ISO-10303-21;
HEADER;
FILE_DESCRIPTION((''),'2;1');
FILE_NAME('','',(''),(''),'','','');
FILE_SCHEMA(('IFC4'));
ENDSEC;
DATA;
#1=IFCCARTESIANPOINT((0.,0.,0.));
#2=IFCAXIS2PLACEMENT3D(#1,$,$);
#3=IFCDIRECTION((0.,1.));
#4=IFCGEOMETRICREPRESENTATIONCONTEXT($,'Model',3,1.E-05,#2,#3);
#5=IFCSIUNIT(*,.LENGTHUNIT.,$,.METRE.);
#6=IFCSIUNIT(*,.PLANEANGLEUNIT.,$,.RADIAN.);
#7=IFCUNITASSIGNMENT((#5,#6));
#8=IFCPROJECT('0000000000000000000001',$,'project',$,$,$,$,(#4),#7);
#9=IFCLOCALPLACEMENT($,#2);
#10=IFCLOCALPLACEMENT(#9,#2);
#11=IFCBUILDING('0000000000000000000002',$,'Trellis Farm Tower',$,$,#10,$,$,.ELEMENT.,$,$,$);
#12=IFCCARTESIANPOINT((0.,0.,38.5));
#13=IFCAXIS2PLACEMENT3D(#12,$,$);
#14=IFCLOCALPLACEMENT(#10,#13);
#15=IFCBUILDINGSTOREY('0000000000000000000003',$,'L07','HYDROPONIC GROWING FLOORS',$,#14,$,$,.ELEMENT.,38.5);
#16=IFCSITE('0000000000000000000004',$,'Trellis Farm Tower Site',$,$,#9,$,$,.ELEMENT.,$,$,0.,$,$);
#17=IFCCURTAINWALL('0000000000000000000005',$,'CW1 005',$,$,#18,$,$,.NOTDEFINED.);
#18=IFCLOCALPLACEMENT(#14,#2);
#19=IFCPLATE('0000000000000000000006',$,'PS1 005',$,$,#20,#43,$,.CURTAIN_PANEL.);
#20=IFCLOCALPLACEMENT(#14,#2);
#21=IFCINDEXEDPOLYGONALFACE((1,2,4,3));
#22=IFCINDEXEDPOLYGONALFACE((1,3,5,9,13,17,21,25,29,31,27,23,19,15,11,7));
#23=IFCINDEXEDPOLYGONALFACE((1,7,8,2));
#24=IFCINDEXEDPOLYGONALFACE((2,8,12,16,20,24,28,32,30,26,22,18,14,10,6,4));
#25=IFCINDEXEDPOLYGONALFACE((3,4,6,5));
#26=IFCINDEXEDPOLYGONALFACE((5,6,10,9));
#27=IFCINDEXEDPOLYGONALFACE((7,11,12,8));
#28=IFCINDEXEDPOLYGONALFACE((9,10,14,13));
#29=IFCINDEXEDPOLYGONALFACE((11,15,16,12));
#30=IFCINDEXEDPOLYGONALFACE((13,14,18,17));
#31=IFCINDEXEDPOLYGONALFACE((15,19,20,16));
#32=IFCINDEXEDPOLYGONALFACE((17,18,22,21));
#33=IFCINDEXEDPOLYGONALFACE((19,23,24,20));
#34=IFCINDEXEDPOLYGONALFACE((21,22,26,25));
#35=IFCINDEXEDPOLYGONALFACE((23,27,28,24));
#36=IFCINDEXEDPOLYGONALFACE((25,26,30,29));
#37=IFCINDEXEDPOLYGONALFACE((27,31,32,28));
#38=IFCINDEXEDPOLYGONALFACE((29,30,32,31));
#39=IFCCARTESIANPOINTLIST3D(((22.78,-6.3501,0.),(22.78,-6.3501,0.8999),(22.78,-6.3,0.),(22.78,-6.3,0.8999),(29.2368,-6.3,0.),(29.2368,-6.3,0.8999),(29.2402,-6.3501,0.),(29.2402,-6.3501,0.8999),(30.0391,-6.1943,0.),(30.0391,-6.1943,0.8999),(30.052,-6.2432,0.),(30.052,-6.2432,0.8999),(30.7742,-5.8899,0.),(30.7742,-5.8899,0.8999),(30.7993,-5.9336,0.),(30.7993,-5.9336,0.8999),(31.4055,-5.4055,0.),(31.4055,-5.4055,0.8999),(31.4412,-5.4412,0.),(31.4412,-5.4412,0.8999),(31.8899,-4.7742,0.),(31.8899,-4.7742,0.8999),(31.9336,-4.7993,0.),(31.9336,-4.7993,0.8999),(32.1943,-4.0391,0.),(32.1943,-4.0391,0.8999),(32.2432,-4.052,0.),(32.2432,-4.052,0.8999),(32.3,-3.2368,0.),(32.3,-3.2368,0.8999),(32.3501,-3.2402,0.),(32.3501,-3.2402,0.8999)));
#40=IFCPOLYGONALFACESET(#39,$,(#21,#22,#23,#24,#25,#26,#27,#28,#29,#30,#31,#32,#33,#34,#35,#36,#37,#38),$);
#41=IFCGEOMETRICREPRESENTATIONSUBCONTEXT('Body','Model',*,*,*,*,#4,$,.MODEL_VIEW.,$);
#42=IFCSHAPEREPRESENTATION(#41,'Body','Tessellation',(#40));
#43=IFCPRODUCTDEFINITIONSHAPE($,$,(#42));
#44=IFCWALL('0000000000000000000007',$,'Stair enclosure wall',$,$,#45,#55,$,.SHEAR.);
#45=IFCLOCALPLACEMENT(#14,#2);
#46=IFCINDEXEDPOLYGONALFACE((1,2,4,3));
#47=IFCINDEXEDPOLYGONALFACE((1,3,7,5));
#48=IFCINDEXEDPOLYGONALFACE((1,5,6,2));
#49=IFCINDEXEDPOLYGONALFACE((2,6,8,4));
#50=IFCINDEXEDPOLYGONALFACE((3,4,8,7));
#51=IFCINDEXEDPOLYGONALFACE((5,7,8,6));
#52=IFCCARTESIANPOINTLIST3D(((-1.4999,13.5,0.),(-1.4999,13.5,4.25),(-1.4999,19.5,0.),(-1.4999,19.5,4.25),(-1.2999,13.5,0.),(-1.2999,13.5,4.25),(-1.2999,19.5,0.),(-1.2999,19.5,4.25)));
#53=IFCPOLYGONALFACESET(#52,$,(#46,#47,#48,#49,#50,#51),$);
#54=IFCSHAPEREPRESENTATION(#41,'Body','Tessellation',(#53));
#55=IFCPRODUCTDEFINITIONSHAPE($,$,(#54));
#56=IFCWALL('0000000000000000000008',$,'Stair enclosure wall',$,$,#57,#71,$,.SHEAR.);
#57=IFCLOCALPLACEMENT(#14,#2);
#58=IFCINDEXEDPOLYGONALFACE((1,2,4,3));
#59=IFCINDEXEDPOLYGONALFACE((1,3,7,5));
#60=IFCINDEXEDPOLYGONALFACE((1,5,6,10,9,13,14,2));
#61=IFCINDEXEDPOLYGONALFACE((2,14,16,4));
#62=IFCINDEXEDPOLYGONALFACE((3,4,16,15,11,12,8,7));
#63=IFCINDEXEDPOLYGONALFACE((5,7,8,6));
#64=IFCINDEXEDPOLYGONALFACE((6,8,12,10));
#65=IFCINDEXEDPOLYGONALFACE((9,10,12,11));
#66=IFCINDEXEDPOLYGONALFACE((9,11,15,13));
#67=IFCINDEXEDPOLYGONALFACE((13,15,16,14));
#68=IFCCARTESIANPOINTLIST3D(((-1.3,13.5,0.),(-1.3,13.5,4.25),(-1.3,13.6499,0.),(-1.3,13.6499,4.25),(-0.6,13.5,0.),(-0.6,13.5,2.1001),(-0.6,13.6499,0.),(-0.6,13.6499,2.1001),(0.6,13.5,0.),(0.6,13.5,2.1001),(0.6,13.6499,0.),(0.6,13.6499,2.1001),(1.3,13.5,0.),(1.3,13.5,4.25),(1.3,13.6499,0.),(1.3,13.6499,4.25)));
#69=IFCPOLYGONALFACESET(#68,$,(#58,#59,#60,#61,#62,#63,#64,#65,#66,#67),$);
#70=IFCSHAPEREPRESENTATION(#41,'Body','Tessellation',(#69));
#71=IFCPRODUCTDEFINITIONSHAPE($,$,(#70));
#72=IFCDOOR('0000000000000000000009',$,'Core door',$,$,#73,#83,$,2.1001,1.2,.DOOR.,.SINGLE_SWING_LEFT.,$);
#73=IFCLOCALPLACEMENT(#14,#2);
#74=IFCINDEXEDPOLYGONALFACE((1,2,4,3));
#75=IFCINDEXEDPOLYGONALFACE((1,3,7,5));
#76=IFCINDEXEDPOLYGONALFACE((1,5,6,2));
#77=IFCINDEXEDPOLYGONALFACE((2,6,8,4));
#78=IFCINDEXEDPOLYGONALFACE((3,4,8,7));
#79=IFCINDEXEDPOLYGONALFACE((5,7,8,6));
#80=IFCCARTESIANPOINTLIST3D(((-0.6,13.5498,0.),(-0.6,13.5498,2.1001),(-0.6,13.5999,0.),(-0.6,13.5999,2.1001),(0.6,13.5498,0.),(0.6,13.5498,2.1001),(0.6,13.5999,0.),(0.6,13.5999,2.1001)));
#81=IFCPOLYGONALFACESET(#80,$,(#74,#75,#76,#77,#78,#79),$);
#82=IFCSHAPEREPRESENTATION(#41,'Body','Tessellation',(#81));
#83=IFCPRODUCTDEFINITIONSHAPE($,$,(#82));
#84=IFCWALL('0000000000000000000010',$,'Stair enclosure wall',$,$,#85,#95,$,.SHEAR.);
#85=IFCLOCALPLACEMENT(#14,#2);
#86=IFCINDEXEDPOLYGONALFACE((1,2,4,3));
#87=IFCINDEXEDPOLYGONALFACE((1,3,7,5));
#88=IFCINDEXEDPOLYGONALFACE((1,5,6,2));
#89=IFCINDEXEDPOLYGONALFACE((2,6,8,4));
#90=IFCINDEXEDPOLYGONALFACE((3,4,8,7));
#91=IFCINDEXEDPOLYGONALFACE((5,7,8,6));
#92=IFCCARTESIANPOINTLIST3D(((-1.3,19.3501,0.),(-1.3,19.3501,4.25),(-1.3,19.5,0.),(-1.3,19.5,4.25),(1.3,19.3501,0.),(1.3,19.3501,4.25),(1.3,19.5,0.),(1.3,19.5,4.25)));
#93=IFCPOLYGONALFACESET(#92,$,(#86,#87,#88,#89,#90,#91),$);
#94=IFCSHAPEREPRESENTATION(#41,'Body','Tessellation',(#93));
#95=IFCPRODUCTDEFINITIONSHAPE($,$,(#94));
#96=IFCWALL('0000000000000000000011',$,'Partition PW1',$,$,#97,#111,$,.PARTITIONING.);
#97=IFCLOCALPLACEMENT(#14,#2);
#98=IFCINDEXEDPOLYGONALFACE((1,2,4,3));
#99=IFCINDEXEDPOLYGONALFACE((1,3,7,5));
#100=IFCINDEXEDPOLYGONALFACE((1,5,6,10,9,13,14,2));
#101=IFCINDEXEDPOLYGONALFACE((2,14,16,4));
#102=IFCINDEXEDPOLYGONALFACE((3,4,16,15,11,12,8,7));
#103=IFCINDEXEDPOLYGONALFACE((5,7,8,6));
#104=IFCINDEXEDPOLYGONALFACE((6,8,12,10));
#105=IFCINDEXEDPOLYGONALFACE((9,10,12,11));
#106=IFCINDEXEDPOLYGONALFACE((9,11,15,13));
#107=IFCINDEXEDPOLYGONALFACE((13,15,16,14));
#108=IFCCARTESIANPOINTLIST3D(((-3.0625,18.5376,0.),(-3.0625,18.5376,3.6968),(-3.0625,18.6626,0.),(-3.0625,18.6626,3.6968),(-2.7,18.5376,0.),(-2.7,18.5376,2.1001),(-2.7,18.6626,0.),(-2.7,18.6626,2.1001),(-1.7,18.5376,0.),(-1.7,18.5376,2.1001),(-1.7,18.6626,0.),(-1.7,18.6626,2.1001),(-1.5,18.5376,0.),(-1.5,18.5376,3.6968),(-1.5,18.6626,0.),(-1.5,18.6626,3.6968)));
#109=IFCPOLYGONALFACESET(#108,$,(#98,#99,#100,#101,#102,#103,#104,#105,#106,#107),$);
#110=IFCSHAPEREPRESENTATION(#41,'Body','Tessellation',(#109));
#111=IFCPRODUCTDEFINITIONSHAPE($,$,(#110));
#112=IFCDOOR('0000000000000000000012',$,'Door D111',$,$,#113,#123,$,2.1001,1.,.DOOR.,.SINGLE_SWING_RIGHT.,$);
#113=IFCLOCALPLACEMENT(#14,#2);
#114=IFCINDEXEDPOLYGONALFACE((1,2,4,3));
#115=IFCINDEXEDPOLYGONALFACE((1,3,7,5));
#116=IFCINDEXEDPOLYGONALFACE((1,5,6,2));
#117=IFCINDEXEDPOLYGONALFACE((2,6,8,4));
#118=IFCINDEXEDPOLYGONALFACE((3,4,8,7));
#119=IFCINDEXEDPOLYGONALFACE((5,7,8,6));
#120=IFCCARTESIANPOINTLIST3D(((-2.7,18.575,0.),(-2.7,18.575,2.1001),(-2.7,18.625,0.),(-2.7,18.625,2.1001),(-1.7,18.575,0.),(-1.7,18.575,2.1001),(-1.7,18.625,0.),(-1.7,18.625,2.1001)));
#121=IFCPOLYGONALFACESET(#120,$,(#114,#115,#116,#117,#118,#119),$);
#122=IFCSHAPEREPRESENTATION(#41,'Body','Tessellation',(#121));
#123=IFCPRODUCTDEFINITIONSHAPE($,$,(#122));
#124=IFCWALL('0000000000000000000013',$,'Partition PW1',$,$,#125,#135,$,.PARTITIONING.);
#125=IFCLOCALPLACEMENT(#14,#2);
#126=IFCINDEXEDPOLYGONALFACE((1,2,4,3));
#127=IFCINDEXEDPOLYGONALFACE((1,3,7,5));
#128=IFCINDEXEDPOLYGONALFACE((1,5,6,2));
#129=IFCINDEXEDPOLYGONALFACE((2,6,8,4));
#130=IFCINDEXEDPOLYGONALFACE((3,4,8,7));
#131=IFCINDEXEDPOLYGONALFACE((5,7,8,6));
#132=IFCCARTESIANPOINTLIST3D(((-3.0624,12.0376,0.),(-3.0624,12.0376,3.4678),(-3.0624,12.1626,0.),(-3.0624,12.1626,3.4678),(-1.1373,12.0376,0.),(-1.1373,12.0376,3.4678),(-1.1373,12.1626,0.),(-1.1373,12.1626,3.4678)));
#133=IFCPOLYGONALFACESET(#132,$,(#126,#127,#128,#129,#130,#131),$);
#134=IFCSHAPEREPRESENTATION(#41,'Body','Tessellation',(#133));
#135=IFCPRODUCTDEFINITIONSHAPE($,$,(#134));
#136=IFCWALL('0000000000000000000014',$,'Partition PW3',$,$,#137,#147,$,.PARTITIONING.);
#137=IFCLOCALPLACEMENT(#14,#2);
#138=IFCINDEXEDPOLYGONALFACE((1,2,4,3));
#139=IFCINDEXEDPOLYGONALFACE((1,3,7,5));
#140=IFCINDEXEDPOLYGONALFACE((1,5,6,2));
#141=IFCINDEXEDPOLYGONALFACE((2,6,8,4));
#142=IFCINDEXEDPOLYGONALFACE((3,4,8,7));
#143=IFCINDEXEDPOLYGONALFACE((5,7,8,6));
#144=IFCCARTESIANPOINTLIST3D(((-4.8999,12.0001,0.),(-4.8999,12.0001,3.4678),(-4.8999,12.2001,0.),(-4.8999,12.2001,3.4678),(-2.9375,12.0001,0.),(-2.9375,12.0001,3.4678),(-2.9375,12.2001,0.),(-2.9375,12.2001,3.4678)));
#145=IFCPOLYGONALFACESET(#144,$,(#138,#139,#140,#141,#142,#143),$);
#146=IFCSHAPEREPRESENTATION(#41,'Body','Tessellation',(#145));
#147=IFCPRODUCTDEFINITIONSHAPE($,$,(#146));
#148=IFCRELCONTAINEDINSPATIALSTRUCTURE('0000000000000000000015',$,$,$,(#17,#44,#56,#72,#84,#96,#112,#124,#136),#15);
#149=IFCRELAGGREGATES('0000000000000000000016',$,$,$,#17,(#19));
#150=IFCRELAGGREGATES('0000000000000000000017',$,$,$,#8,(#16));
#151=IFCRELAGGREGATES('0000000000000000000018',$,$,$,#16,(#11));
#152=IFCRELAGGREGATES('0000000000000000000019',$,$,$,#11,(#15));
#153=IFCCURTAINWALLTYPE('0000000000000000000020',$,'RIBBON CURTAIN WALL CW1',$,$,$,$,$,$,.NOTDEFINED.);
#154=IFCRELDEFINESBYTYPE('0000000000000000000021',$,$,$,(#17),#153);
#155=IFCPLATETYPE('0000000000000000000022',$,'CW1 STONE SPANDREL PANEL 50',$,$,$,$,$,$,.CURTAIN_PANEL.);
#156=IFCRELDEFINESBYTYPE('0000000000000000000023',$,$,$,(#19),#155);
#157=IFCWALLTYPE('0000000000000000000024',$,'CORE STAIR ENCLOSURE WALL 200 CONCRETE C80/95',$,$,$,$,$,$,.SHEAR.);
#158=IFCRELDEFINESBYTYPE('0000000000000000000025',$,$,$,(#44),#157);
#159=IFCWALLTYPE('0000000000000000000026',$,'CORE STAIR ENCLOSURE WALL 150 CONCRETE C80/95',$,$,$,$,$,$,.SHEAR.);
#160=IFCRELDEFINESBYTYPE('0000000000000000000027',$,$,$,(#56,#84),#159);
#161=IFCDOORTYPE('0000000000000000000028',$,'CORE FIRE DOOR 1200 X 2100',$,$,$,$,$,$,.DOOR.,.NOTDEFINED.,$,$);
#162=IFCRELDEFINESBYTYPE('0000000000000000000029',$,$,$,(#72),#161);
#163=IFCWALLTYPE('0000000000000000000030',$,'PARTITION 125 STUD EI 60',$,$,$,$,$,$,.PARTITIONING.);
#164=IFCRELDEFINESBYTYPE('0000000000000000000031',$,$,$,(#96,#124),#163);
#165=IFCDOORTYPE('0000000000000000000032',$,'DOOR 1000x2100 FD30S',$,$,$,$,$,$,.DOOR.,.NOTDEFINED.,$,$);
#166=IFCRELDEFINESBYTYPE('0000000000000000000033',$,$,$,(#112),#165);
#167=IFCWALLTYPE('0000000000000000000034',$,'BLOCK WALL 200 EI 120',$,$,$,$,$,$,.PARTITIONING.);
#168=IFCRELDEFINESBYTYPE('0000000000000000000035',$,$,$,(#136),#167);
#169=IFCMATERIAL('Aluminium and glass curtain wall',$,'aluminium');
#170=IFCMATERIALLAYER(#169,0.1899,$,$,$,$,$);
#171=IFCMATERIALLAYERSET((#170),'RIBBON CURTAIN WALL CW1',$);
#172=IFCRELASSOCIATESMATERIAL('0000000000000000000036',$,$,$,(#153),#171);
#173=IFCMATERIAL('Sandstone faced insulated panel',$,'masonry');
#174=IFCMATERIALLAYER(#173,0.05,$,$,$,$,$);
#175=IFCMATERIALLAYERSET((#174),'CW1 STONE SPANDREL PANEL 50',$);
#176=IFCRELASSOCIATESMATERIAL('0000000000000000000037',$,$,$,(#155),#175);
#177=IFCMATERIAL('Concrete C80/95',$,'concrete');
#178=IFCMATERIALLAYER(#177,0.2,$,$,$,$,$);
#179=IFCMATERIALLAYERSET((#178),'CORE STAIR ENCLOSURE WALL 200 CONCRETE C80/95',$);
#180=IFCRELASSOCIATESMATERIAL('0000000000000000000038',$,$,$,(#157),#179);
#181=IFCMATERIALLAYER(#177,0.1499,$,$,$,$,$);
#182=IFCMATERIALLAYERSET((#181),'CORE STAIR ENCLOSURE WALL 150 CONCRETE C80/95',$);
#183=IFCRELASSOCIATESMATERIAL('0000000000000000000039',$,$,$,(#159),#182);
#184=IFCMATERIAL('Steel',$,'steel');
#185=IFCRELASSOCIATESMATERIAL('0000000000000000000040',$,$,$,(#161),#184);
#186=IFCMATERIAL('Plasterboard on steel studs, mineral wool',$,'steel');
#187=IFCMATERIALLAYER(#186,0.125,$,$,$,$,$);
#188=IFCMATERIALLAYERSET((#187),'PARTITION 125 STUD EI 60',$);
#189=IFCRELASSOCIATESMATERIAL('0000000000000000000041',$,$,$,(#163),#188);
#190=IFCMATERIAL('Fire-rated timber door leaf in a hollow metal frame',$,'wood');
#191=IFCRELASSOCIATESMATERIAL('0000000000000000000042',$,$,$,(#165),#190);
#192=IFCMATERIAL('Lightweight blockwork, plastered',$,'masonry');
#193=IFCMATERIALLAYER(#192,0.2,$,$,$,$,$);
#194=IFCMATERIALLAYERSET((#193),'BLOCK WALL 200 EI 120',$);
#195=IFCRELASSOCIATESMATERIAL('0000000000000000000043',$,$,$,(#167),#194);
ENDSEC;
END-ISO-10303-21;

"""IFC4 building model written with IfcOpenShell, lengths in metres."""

from ifc_helpers import new_model, si_unit, direction, frame, frame_2d, origin, place, context, subcontext, project, spatial, polyline, rectangle, outline, extrude, source, transform, mapped, material, layer, layer_set, type_object, element, fill, aggregate, save


model = new_model("IFC4")

# Units and contexts
model_context = context("Model", 3, precision=1e-05, world=origin(), true_north=direction((0.0, 1.0)))
body_context = subcontext(model_context, "Body", "Model", "MODEL_VIEW")
ifc_project = project(units=[si_unit("LENGTHUNIT", "METRE"), si_unit("PLANEANGLEUNIT", "RADIAN")], contexts=[model_context])

# Site, building, storey
site_placement = place(None, origin())
site = spatial("IfcSite", under=ifc_project, at=site_placement, Name="Trellis Farm Tower Site", CompositionType="ELEMENT", RefElevation=0.0)
building_placement = place(site_placement, origin())
building = spatial("IfcBuilding", under=site, at=building_placement, Name="Trellis Farm Tower", CompositionType="ELEMENT")
storey_placement = place(building_placement, frame((0.0, 0.0, 38.5)))
storey = spatial("IfcBuildingStorey", under=building, at=storey_placement, Name="L07", Description="HYDROPONIC GROWING FLOORS", CompositionType="ELEMENT", Elevation=38.5)

# Shared definitions
ifc_material_1 = material(Name="Concrete C80/95", Category="concrete")

# Curtain wall, plate
ifc_material_2 = material(Name="Aluminium and glass curtain wall", Category="aluminium")
ifc_layer_1 = layer(ifc_material_2, 0.1899)
ifc_layer_set_1 = layer_set([ifc_layer_1], Name="RIBBON CURTAIN WALL CW1")
curtain_wall_type = type_object("IfcCurtainWallType", Name="RIBBON CURTAIN WALL CW1", PredefinedType="NOTDEFINED", material=ifc_layer_set_1)
placement = place(storey_placement, origin())
curtain_wall = element("IfcCurtainWall", 1, at=placement, inside=storey, type_object=curtain_wall_type, Name="CW1 005", PredefinedType="NOTDEFINED")
ifc_material_3 = material(Name="Sandstone faced insulated panel", Category="masonry")
ifc_layer_2 = layer(ifc_material_3, 0.05)
ifc_layer_set_2 = layer_set([ifc_layer_2], Name="CW1 STONE SPANDREL PANEL 50")
plate_type = type_object("IfcPlateType", Name="CW1 STONE SPANDREL PANEL 50", PredefinedType="CURTAIN_PANEL", material=ifc_layer_set_2)
shared_shape_1 = source(origin(), body_context, "Body", "SweptSolid", [
    extrude(outline(polyline([(22.78, -6.3501), (29.2402, -6.3501), (30.052, -6.2432), (30.7993, -5.9336), (31.4412, -5.4412), (31.9336, -4.7993), (32.2432, -4.052), (32.3501, -3.2402), (32.3, -3.2368), (32.1943, -4.0391), (31.8899, -4.7742), (31.4055, -5.4055), (30.7742, -5.8899), (30.0391, -6.1943), (29.2368, -6.3), (22.78, -6.3), (22.78, -6.3501)])), origin(), (0.0, 0.0, 1.0), 0.8999),
])
plate = element("IfcPlate", 2, at=placement, type_object=plate_type, Name="PS1 005", PredefinedType="CURTAIN_PANEL", context=body_context, shape_type="MappedRepresentation", body=[
    mapped(shared_shape_1, transform((0.0, 0.0, 0.0))),
])
aggregate(curtain_wall, [plate])

# Wall
ifc_layer_3 = layer(ifc_material_1, 0.2)
ifc_layer_set_3 = layer_set([ifc_layer_3], Name="CORE STAIR ENCLOSURE WALL 200 CONCRETE C80/95")
wall_type_1 = type_object("IfcWallType", Name="CORE STAIR ENCLOSURE WALL 200 CONCRETE C80/95", PredefinedType="SHEAR", material=ifc_layer_set_3)
shared_shape_2 = source(origin(), body_context, "Body", "SweptSolid", [
    extrude(rectangle(XDim=6.0, YDim=0.2, at=frame_2d((3.0, 0.0))), origin(), (0.0, 0.0, 1.0), 4.25),
])
wall_1_placement = place(storey_placement, frame((-1.3999, 13.5, 0.0), z_axis=(0.0, 0.0, 1.0), x_axis=(0.0, 1.0, 0.0)))
element("IfcWall", 3, at=wall_1_placement, inside=storey, type_object=wall_type_1, Name="Stair enclosure wall", PredefinedType="SHEAR", context=body_context, shape_type="MappedRepresentation", body=[
    mapped(shared_shape_2, transform((0.0, 0.0, 0.0))),
])

# Wall, opening, door
ifc_layer_4 = layer(ifc_material_1, 0.1499)
ifc_layer_set_4 = layer_set([ifc_layer_4], Name="CORE STAIR ENCLOSURE WALL 150 CONCRETE C80/95")
wall_type_2 = type_object("IfcWallType", Name="CORE STAIR ENCLOSURE WALL 150 CONCRETE C80/95", PredefinedType="SHEAR", material=ifc_layer_set_4)
shared_shape_3 = source(origin(), body_context, "Body", "SweptSolid", [
    extrude(rectangle(XDim=2.6001, YDim=0.1499, at=frame_2d((1.3, 0.0))), origin(), (0.0, 0.0, 1.0), 4.25),
])
wall_2_placement = place(storey_placement, frame((-1.3, 13.575, 0.0), z_axis=(0.0, 0.0, 1.0), x_axis=(1.0, 0.0, 0.0)))
wall_2 = element("IfcWall", 4, at=wall_2_placement, inside=storey, type_object=wall_type_2, Name="Stair enclosure wall", PredefinedType="SHEAR", context=body_context, shape_type="MappedRepresentation", body=[
    mapped(shared_shape_3, transform((0.0, 0.0, 0.0))),
])
shared_shape_4 = source(origin(), body_context, "Body", "SweptSolid", [
    extrude(rectangle(XDim=1.2, YDim=2.1001, at=frame_2d((0.6001, 1.05))), frame((0.0, 0.085, 0.0), z_axis=(0.0, -1.0, 0.0), x_axis=(1.0, 0.0, 0.0)), (0.0, 0.0, 1.0), 0.1699),
])
opening_1_placement = place(wall_2_placement, frame((0.7, 0.0, 0.0)))
opening_1 = element("IfcOpeningElement", 5, at=opening_1_placement, cuts=wall_2, PredefinedType="OPENING", context=body_context, shape_type="MappedRepresentation", body=[
    mapped(shared_shape_4, transform((0.0, 0.0, 0.0))),
])
ifc_material_4 = material(Name="Steel", Category="steel")
door_type_1 = type_object("IfcDoorType", Name="CORE FIRE DOOR 1200 X 2100", OperationType="NOTDEFINED", PredefinedType="DOOR", material=ifc_material_4)
shared_shape_5 = source(origin(), body_context, "Body", "SweptSolid", [
    extrude(rectangle(XDim=1.2, YDim=2.1001, at=frame_2d((0.6001, 1.05))), frame((0.0, 0.0249, 0.0), z_axis=(0.0, -1.0, 0.0), x_axis=(1.0, 0.0, 0.0)), (0.0, 0.0, 1.0), 0.05),
])
door_1_placement = place(opening_1_placement, origin())
door_1 = element("IfcDoor", 6, at=door_1_placement, inside=storey, type_object=door_type_1, Name="Core door", OperationType="SINGLE_SWING_LEFT", OverallHeight=2.1001, OverallWidth=1.2, PredefinedType="DOOR", context=body_context, shape_type="MappedRepresentation", body=[
    mapped(shared_shape_5, transform((0.0, 0.0, 0.0))),
])
fill(opening_1, door_1)

# Wall
wall_3_placement = place(storey_placement, frame((-1.3, 19.425, 0.0), z_axis=(0.0, 0.0, 1.0), x_axis=(1.0, 0.0, 0.0)))
element("IfcWall", 7, at=wall_3_placement, inside=storey, type_object=wall_type_2, Name="Stair enclosure wall", PredefinedType="SHEAR", context=body_context, shape_type="MappedRepresentation", body=[
    mapped(shared_shape_3, transform((0.0, 0.0, 0.0))),
])

# Wall, opening, door
ifc_material_5 = material(Name="Plasterboard on steel studs, mineral wool", Category="steel")
ifc_layer_5 = layer(ifc_material_5, 0.125)
ifc_layer_set_5 = layer_set([ifc_layer_5], Name="PARTITION 125 STUD EI 60")
wall_type_3 = type_object("IfcWallType", Name="PARTITION 125 STUD EI 60", PredefinedType="PARTITIONING", material=ifc_layer_set_5)
shared_shape_6 = source(origin(), body_context, "Body", "SweptSolid", [
    extrude(rectangle(XDim=1.5625, YDim=0.125, at=frame_2d((0.7812, 0.0))), origin(), (0.0, 0.0, 1.0), 3.6968),
])
wall_4_placement = place(storey_placement, frame((-3.0625, 18.6001, 0.0), z_axis=(0.0, 0.0, 1.0), x_axis=(1.0, 0.0, 0.0)))
wall_4 = element("IfcWall", 8, at=wall_4_placement, inside=storey, type_object=wall_type_3, Name="Partition PW1", PredefinedType="PARTITIONING", context=body_context, shape_type="MappedRepresentation", body=[
    mapped(shared_shape_6, transform((0.0, 0.0, 0.0))),
])
shared_shape_7 = source(origin(), body_context, "Body", "SweptSolid", [
    extrude(rectangle(XDim=1.0, YDim=2.1001, at=frame_2d((0.5, 1.05))), frame((0.0, 0.0725, 0.0), z_axis=(0.0, -1.0, 0.0), x_axis=(1.0, 0.0, 0.0)), (0.0, 0.0, 1.0), 0.145),
])
opening_2_placement = place(wall_4_placement, frame((0.3625, 0.0, 0.0)))
opening_2 = element("IfcOpeningElement", 9, at=opening_2_placement, cuts=wall_4, PredefinedType="OPENING", context=body_context, shape_type="MappedRepresentation", body=[
    mapped(shared_shape_7, transform((0.0, 0.0, 0.0))),
])
ifc_material_6 = material(Name="Fire-rated timber door leaf in a hollow metal frame", Category="wood")
door_type_2 = type_object("IfcDoorType", Name="DOOR 1000x2100 FD30S", OperationType="NOTDEFINED", PredefinedType="DOOR", material=ifc_material_6)
shared_shape_8 = source(origin(), body_context, "Body", "SweptSolid", [
    extrude(rectangle(XDim=1.0, YDim=2.1001, at=frame_2d((0.5, 1.05))), frame((0.0, 0.0249, 0.0), z_axis=(0.0, -1.0, 0.0), x_axis=(1.0, 0.0, 0.0)), (0.0, 0.0, 1.0), 0.05),
])
door_2_placement = place(opening_2_placement, origin())
door_2 = element("IfcDoor", 10, at=door_2_placement, inside=storey, type_object=door_type_2, Name="Door D111", OperationType="SINGLE_SWING_RIGHT", OverallHeight=2.1001, OverallWidth=1.0, PredefinedType="DOOR", context=body_context, shape_type="MappedRepresentation", body=[
    mapped(shared_shape_8, transform((0.0, 0.0, 0.0))),
])
fill(opening_2, door_2)

# Walls
shared_shape_9 = source(origin(), body_context, "Body", "SweptSolid", [
    extrude(rectangle(XDim=1.925, YDim=0.125, at=frame_2d((0.9624, 0.0))), origin(), (0.0, 0.0, 1.0), 3.4678),
])
wall_5_placement = place(storey_placement, frame((-1.1375, 12.1001, 0.0), z_axis=(0.0, 0.0, 1.0), x_axis=(-1.0, 0.0, 0.0)))
element("IfcWall", 11, at=wall_5_placement, inside=storey, type_object=wall_type_3, Name="Partition PW1", PredefinedType="PARTITIONING", context=body_context, shape_type="MappedRepresentation", body=[
    mapped(shared_shape_9, transform((0.0, 0.0, 0.0))),
])
ifc_material_7 = material(Name="Lightweight blockwork, plastered", Category="masonry")
ifc_layer_6 = layer(ifc_material_7, 0.2)
ifc_layer_set_6 = layer_set([ifc_layer_6], Name="BLOCK WALL 200 EI 120")
wall_type_4 = type_object("IfcWallType", Name="BLOCK WALL 200 EI 120", PredefinedType="PARTITIONING", material=ifc_layer_set_6)
shared_shape_10 = source(origin(), body_context, "Body", "SweptSolid", [
    extrude(rectangle(XDim=1.9624, YDim=0.2, at=frame_2d((0.9812, 0.0))), origin(), (0.0, 0.0, 1.0), 3.4678),
])
wall_6_placement = place(storey_placement, frame((-4.8999, 12.1001, 0.0), z_axis=(0.0, 0.0, 1.0), x_axis=(1.0, 0.0, 0.0)))
element("IfcWall", 12, at=wall_6_placement, inside=storey, type_object=wall_type_4, Name="Partition PW3", PredefinedType="PARTITIONING", context=body_context, shape_type="MappedRepresentation", body=[
    mapped(shared_shape_10, transform((0.0, 0.0, 0.0))),
])

save(model, "model.ifc")
